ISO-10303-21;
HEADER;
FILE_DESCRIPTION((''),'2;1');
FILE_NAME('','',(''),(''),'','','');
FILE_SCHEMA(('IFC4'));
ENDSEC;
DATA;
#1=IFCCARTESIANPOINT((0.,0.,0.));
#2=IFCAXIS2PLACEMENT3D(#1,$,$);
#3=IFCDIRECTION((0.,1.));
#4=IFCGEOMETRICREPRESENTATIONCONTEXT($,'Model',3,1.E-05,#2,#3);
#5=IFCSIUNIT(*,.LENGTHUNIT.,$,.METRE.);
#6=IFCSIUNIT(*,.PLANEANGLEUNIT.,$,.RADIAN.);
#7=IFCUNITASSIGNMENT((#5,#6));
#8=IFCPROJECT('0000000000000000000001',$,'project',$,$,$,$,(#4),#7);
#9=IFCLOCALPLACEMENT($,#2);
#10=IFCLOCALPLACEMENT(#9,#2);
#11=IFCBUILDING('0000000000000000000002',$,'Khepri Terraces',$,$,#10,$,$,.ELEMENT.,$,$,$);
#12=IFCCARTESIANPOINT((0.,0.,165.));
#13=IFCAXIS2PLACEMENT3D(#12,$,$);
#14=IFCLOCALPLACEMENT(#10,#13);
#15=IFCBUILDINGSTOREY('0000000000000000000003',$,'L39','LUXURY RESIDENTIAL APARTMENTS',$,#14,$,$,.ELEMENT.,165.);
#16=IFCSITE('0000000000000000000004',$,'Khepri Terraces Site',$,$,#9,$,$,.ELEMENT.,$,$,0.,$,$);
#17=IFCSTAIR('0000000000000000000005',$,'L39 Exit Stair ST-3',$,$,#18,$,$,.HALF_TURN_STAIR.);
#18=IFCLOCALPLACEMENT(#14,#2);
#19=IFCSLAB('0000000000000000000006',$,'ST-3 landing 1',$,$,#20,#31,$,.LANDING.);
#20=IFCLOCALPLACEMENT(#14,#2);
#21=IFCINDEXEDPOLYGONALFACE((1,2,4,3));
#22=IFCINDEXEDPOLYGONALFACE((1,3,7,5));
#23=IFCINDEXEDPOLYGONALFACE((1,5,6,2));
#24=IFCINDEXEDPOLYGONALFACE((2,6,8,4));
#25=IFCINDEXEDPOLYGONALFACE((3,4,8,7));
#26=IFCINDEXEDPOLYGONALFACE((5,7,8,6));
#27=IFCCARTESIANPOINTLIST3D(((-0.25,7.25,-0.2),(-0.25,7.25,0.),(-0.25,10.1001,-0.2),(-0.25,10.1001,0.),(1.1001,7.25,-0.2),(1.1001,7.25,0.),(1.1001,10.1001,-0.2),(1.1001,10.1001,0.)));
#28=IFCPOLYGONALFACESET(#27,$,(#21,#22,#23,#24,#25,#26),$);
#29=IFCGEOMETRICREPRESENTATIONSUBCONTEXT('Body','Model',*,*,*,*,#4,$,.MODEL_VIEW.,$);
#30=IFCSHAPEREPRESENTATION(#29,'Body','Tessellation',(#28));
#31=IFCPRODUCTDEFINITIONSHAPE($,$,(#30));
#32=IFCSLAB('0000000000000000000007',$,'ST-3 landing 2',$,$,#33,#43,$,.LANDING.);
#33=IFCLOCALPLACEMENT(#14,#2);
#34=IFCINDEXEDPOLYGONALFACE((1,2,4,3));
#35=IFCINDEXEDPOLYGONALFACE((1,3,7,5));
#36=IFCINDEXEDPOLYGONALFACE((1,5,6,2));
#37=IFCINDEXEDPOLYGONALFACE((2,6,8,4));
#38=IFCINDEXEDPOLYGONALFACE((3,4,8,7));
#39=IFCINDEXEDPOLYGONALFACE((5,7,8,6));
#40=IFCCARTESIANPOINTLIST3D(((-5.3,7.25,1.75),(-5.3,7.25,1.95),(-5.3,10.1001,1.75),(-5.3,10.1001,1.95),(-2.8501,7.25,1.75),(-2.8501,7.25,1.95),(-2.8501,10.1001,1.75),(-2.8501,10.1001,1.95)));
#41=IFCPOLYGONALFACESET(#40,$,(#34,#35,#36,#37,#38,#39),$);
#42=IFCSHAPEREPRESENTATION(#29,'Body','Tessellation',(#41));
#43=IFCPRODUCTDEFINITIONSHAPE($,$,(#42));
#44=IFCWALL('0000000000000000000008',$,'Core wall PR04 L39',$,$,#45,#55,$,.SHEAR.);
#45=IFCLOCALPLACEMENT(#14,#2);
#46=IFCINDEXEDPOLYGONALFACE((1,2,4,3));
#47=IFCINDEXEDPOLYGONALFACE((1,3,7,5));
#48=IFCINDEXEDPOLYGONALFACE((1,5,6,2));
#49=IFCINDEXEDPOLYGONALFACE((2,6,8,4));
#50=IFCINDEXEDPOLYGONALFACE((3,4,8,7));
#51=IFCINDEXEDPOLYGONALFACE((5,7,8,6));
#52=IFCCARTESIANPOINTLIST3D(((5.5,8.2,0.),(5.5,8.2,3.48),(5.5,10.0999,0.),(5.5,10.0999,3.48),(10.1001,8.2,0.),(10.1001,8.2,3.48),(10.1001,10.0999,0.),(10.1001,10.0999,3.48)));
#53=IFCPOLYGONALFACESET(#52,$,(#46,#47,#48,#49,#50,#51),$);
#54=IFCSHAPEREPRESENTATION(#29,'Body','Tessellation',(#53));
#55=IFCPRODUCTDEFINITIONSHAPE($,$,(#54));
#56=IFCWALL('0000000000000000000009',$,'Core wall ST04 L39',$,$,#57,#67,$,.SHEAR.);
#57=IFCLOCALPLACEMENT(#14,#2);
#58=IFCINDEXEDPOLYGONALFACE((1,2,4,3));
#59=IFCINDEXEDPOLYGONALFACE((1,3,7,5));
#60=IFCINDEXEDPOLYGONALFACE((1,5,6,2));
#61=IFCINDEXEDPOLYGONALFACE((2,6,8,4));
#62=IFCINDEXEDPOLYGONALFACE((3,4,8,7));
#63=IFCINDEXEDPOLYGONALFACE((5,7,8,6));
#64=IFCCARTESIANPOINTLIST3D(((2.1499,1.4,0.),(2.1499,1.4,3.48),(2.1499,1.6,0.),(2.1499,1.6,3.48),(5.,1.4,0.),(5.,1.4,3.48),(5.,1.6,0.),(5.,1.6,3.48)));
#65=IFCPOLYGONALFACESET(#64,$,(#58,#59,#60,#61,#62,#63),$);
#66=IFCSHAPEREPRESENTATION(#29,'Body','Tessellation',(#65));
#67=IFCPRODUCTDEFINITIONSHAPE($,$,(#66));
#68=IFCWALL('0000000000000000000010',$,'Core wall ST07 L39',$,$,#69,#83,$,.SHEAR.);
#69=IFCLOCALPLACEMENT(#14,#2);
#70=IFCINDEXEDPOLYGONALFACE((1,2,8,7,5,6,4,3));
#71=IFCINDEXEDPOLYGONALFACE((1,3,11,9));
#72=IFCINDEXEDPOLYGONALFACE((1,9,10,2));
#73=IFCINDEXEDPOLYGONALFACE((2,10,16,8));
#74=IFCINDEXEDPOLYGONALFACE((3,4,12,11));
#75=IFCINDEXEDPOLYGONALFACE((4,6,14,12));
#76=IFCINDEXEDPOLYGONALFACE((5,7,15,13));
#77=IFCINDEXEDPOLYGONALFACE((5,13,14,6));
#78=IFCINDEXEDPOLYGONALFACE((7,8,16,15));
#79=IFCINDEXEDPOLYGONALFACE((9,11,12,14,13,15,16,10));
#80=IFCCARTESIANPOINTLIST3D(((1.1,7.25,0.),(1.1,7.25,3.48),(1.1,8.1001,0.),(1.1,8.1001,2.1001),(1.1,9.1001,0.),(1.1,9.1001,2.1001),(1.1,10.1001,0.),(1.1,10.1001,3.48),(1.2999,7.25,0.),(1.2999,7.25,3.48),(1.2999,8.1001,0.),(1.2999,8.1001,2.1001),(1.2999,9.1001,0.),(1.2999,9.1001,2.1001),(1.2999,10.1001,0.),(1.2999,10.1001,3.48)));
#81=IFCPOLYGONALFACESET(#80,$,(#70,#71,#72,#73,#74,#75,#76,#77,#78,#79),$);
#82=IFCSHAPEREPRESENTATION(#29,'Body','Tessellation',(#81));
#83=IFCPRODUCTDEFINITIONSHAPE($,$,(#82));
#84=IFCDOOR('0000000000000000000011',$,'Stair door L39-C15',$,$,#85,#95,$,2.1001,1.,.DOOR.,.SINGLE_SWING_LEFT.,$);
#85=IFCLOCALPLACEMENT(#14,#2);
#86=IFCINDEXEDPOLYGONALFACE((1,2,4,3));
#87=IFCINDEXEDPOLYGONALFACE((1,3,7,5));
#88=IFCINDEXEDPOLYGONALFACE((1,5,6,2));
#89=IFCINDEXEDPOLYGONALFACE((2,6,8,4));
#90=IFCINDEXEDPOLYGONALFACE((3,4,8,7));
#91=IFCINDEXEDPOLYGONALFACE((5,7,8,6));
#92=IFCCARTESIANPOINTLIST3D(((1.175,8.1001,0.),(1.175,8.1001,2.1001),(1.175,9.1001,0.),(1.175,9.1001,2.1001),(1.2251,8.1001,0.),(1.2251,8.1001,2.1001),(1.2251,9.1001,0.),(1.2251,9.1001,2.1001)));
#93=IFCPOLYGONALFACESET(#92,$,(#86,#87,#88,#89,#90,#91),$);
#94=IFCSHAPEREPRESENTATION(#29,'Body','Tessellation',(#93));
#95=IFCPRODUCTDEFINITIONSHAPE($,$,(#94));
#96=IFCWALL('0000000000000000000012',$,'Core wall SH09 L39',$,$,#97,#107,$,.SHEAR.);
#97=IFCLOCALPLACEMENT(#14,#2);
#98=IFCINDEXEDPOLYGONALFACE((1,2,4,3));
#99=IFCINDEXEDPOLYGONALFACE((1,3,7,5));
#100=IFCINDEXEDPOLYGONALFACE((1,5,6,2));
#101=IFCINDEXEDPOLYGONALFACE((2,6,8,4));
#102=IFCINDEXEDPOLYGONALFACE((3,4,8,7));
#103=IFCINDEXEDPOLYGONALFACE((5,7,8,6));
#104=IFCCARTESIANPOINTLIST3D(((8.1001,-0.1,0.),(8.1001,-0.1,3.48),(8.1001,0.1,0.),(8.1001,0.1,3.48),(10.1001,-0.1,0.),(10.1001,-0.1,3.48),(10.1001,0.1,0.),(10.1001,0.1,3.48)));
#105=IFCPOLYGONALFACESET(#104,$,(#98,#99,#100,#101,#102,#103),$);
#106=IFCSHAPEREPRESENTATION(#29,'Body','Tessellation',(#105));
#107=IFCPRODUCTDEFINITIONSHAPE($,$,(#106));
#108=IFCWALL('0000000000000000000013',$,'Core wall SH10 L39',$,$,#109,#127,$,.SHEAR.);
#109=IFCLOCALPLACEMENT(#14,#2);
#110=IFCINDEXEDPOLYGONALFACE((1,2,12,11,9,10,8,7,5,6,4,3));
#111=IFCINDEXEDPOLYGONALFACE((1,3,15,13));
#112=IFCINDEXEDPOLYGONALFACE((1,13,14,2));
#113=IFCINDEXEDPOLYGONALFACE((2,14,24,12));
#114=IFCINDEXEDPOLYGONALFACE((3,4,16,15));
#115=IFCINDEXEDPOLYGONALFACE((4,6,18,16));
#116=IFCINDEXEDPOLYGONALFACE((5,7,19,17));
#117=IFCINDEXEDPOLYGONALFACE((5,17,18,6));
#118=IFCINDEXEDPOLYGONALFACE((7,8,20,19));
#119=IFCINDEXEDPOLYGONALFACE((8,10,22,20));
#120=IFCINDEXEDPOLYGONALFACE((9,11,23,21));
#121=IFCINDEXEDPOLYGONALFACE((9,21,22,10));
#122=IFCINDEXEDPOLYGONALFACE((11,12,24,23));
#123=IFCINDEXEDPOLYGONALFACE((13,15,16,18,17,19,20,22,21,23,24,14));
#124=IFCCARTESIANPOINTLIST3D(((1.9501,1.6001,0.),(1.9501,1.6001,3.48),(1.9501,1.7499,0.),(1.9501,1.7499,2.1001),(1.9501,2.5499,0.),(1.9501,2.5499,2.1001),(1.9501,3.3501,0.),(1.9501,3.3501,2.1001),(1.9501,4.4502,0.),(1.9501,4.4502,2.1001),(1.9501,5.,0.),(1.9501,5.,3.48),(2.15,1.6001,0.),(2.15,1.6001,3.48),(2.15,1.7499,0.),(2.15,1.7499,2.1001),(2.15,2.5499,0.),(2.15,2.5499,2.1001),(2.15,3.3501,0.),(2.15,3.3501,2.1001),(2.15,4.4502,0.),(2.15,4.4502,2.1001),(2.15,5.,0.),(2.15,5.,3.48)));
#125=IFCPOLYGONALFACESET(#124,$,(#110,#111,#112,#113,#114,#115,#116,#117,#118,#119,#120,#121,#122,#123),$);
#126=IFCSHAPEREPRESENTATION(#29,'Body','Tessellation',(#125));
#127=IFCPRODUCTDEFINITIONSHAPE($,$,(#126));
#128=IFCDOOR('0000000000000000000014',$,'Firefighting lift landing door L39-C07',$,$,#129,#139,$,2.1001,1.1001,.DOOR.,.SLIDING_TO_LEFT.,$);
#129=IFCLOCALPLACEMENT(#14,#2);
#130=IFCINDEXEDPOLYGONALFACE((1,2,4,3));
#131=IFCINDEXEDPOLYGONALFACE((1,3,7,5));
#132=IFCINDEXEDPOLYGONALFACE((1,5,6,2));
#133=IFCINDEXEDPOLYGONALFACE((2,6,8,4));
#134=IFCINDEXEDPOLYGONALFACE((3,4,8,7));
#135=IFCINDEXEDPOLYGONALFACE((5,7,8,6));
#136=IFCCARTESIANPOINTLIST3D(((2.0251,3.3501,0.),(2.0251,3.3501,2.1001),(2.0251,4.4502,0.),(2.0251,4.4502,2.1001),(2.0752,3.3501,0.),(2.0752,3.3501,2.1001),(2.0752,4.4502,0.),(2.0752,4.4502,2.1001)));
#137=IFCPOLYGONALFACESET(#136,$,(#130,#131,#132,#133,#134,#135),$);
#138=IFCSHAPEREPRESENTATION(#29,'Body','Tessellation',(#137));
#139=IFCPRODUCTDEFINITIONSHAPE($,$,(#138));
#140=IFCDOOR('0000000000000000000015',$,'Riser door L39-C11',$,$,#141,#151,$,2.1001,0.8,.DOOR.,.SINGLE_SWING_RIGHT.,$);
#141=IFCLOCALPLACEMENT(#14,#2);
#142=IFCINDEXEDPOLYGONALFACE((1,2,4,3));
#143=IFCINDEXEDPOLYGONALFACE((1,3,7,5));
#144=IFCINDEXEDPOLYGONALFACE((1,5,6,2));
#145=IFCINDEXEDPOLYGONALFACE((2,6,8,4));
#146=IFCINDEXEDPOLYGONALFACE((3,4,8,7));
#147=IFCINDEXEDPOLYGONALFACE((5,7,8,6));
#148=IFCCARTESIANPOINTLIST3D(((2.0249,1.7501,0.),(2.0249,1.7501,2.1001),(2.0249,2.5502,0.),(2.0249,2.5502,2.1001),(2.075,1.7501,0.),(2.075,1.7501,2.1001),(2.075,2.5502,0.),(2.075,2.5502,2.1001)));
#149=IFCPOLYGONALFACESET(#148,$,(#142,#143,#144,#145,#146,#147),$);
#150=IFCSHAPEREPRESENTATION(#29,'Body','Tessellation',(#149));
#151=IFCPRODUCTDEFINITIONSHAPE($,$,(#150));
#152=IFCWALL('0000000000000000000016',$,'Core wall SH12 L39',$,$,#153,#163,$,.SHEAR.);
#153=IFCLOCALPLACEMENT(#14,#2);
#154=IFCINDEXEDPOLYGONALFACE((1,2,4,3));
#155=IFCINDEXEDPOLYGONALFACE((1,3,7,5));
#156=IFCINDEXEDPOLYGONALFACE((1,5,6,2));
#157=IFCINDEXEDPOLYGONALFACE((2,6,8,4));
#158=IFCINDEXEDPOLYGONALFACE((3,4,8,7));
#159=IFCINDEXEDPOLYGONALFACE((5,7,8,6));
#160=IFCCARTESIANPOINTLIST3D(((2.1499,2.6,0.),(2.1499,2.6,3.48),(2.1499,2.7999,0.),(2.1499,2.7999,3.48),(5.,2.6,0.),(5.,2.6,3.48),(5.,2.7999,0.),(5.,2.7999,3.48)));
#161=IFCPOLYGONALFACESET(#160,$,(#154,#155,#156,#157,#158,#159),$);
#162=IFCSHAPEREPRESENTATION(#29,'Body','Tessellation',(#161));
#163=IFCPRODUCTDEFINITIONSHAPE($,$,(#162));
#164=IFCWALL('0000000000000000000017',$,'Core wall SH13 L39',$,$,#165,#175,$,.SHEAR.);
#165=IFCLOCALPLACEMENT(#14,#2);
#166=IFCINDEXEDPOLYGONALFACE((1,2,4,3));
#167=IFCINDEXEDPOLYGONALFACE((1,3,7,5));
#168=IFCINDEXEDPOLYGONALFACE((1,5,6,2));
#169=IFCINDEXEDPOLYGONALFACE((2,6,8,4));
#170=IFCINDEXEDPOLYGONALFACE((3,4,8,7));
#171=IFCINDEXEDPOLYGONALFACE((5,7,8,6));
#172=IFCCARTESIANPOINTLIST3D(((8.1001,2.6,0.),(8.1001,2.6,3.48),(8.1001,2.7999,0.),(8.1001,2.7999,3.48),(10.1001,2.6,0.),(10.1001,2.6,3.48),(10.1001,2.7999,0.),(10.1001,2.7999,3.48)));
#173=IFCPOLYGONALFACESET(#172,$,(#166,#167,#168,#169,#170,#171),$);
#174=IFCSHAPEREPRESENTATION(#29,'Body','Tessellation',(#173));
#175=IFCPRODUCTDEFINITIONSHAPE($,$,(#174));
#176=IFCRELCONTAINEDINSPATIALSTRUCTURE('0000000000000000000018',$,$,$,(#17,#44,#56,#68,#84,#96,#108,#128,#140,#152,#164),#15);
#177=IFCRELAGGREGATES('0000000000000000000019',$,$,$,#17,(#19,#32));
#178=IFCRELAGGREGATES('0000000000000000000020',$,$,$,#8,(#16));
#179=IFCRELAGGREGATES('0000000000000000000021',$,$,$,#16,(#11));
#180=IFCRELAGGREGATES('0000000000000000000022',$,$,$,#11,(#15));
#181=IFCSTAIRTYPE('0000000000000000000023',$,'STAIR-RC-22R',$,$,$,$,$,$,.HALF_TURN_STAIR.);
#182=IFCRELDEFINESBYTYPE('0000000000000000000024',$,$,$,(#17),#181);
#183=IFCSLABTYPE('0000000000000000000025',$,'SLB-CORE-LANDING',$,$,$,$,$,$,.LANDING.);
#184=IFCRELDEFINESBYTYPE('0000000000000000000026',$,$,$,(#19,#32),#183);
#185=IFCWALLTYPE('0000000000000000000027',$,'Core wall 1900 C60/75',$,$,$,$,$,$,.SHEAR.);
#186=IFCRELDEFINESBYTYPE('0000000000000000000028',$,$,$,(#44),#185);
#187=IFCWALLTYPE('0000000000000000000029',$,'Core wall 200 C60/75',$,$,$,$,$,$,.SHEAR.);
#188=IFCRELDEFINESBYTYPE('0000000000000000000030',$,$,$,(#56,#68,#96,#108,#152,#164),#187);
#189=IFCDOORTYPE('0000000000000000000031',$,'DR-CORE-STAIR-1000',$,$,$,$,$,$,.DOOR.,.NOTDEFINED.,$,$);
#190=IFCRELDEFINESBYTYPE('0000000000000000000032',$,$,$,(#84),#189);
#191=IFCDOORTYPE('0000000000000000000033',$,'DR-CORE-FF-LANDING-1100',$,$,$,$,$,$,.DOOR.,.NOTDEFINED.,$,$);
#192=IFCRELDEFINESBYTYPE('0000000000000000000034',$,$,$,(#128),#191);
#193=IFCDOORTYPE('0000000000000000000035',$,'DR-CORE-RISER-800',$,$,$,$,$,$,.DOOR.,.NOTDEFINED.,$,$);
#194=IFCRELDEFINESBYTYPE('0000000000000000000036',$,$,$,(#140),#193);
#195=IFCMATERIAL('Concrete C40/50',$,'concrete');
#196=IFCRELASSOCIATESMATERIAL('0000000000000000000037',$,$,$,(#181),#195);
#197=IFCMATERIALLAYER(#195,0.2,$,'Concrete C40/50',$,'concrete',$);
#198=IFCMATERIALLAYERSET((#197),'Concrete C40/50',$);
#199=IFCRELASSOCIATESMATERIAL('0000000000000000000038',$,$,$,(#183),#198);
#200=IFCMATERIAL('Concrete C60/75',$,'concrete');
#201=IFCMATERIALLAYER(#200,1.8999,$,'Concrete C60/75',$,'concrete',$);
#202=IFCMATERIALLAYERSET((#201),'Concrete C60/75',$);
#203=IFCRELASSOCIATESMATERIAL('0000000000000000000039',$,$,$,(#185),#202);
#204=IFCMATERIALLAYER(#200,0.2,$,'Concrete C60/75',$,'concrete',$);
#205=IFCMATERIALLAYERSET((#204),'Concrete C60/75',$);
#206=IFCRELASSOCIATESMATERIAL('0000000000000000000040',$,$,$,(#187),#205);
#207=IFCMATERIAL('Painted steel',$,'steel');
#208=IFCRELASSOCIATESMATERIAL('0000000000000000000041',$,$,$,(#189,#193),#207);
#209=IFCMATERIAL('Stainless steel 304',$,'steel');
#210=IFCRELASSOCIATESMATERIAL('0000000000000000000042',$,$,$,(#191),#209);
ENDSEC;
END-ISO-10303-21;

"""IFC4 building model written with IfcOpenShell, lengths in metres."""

from ifc_helpers import new_model, si_unit, direction, frame, frame_2d, origin, place, context, subcontext, project, spatial, polyline, rectangle, outline, extrude, material, layer, layer_set, type_object, element, fill, aggregate, save


model = new_model("IFC4")

# Units and contexts
model_context = context("Model", 3, precision=1e-05, world=origin(), true_north=direction((0.0, 1.0)))
body_context = subcontext(model_context, "Body", "Model", "MODEL_VIEW")
ifc_project = project(units=[si_unit("LENGTHUNIT", "METRE"), si_unit("PLANEANGLEUNIT", "RADIAN")], contexts=[model_context])

# Site, building, storey
site_placement = place(None, origin())
site = spatial("IfcSite", under=ifc_project, at=site_placement, Name="Khepri Terraces Site", CompositionType="ELEMENT", RefElevation=0.0)
building_placement = place(site_placement, origin())
building = spatial("IfcBuilding", under=site, at=building_placement, Name="Khepri Terraces", CompositionType="ELEMENT")
storey_placement = place(building_placement, frame((0.0, 0.0, 165.0)))
storey = spatial("IfcBuildingStorey", under=building, at=storey_placement, Name="L39", Description="LUXURY RESIDENTIAL APARTMENTS", CompositionType="ELEMENT", Elevation=165.0)

# Stair, slabs
ifc_material_1 = material(Name="Concrete C40/50", Category="concrete")
stair_type = type_object("IfcStairType", Name="STAIR-RC-22R", PredefinedType="HALF_TURN_STAIR", material=ifc_material_1)
stair_1_placement = place(storey_placement, origin())
stair_1 = element("IfcStair", 1, at=stair_1_placement, inside=storey, type_object=stair_type, Name="L39 Exit Stair ST-3", PredefinedType="HALF_TURN_STAIR")
ifc_layer_1 = layer(ifc_material_1, 0.2, Name="Concrete C40/50", Category="concrete")
ifc_layer_set_1 = layer_set([ifc_layer_1], Name="Concrete C40/50")
slab_type = type_object("IfcSlabType", Name="SLB-CORE-LANDING", PredefinedType="LANDING", material=ifc_layer_set_1)
slab_1_placement = place(storey_placement, frame((0.0, 0.0, -0.2)))
slab_1 = element("IfcSlab", 2, at=slab_1_placement, type_object=slab_type, Name="ST-3 landing 1", PredefinedType="LANDING", context=body_context, shape_type="SweptSolid", body=[
    extrude(outline(polyline([(1.1001, 10.1001), (-0.25, 10.1001), (-0.25, 7.25), (1.1001, 7.25), (1.1001, 10.1001)])), origin(), (0.0, 0.0, 1.0), 0.2),
])
slab_2_placement = place(storey_placement, frame((0.0, 0.0, 1.75)))
slab_2 = element("IfcSlab", 3, at=slab_2_placement, type_object=slab_type, Name="ST-3 landing 2", PredefinedType="LANDING", context=body_context, shape_type="SweptSolid", body=[
    extrude(outline(polyline([(-2.8501, 10.1001), (-5.3, 10.1001), (-5.3, 7.25), (-2.8501, 7.25), (-2.8501, 10.1001)])), origin(), (0.0, 0.0, 1.0), 0.2),
])
aggregate(stair_1, [slab_1, slab_2])

# Walls
ifc_material_2 = material(Name="Concrete C60/75", Category="concrete")
ifc_layer_2 = layer(ifc_material_2, 1.8999, Name="Concrete C60/75", Category="concrete")
ifc_layer_set_2 = layer_set([ifc_layer_2], Name="Concrete C60/75")
wall_type_1 = type_object("IfcWallType", Name="Core wall 1900 C60/75", PredefinedType="SHEAR", material=ifc_layer_set_2)
wall_1_placement = place(storey_placement, frame((5.5, 9.1499, 0.0), z_axis=(0.0, 0.0, 1.0), x_axis=(1.0, 0.0, 0.0)))
element("IfcWall", 4, at=wall_1_placement, inside=storey, type_object=wall_type_1, Name="Core wall PR04 L39", PredefinedType="SHEAR", context=body_context, shape_type="SweptSolid", body=[
    extrude(rectangle(XDim=4.6001, YDim=1.8999, at=frame_2d((2.3, 0.0))), origin(), (0.0, 0.0, 1.0), 3.48),
])
ifc_layer_3 = layer(ifc_material_2, 0.2, Name="Concrete C60/75", Category="concrete")
ifc_layer_set_3 = layer_set([ifc_layer_3], Name="Concrete C60/75")
wall_type_2 = type_object("IfcWallType", Name="Core wall 200 C60/75", PredefinedType="SHEAR", material=ifc_layer_set_3)
wall_2_placement = place(storey_placement, frame((2.1499, 1.5, 0.0), z_axis=(0.0, 0.0, 1.0), x_axis=(1.0, 0.0, 0.0)))
element("IfcWall", 5, at=wall_2_placement, inside=storey, type_object=wall_type_2, Name="Core wall ST04 L39", PredefinedType="SHEAR", context=body_context, shape_type="SweptSolid", body=[
    extrude(rectangle(XDim=2.8501, YDim=0.2, at=frame_2d((1.425, 0.0))), origin(), (0.0, 0.0, 1.0), 3.48),
])

# Wall, opening, door
wall_3_placement = place(storey_placement, frame((1.2, 7.25, 0.0), z_axis=(0.0, 0.0, 1.0), x_axis=(0.0, 1.0, 0.0)))
wall_3 = element("IfcWall", 6, at=wall_3_placement, inside=storey, type_object=wall_type_2, Name="Core wall ST07 L39", PredefinedType="SHEAR", context=body_context, shape_type="SweptSolid", body=[
    extrude(rectangle(XDim=2.8501, YDim=0.2, at=frame_2d((1.425, 0.0))), origin(), (0.0, 0.0, 1.0), 3.48),
])
opening_1_placement = place(wall_3_placement, frame((0.8501, 0.0, 0.0)))
opening_1 = element("IfcOpeningElement", 7, at=opening_1_placement, cuts=wall_3, PredefinedType="OPENING", context=body_context, shape_type="SweptSolid", body=[
    extrude(rectangle(XDim=1.0, YDim=2.1001, at=frame_2d((0.5, 1.05))), frame((0.0, 0.1099, 0.0), z_axis=(0.0, -1.0, 0.0), x_axis=(1.0, 0.0, 0.0)), (0.0, 0.0, 1.0), 0.22),
])
ifc_material_3 = material(Name="Painted steel", Category="steel")
door_type_1 = type_object("IfcDoorType", Name="DR-CORE-STAIR-1000", OperationType="NOTDEFINED", PredefinedType="DOOR", material=ifc_material_3)
door_1_placement = place(opening_1_placement, origin())
door_1 = element("IfcDoor", 8, at=door_1_placement, inside=storey, type_object=door_type_1, Name="Stair door L39-C15", OperationType="SINGLE_SWING_LEFT", OverallHeight=2.1001, OverallWidth=1.0, PredefinedType="DOOR", context=body_context, shape_type="SweptSolid", body=[
    extrude(rectangle(XDim=1.0, YDim=2.1001, at=frame_2d((0.5, 1.05))), frame((0.0, 0.0249, 0.0), z_axis=(0.0, -1.0, 0.0), x_axis=(1.0, 0.0, 0.0)), (0.0, 0.0, 1.0), 0.05),
])
fill(opening_1, door_1)

# Wall
wall_4_placement = place(storey_placement, frame((8.1001, 0.0, 0.0), z_axis=(0.0, 0.0, 1.0), x_axis=(1.0, 0.0, 0.0)))
element("IfcWall", 9, at=wall_4_placement, inside=storey, type_object=wall_type_2, Name="Core wall SH09 L39", PredefinedType="SHEAR", context=body_context, shape_type="SweptSolid", body=[
    extrude(rectangle(XDim=2.0, YDim=0.2, at=frame_2d((1.0, 0.0))), origin(), (0.0, 0.0, 1.0), 3.48),
])

# Wall, openings, doors
wall_5_placement = place(storey_placement, frame((2.05, 1.6001, 0.0), z_axis=(0.0, 0.0, 1.0), x_axis=(0.0, 1.0, 0.0)))
wall_5 = element("IfcWall", 10, at=wall_5_placement, inside=storey, type_object=wall_type_2, Name="Core wall SH10 L39", PredefinedType="SHEAR", context=body_context, shape_type="SweptSolid", body=[
    extrude(rectangle(XDim=3.3999, YDim=0.2, at=frame_2d((1.7, 0.0))), origin(), (0.0, 0.0, 1.0), 3.48),
])
opening_2_placement = place(wall_5_placement, frame((1.75, 0.0, 0.0)))
opening_2 = element("IfcOpeningElement", 11, at=opening_2_placement, cuts=wall_5, PredefinedType="OPENING", context=body_context, shape_type="SweptSolid", body=[
    extrude(rectangle(XDim=1.1001, YDim=2.1001, at=frame_2d((0.55, 1.05))), frame((0.0, 0.1099, 0.0), z_axis=(0.0, -1.0, 0.0), x_axis=(1.0, 0.0, 0.0)), (0.0, 0.0, 1.0), 0.22),
])
opening_3_placement = place(wall_5_placement, frame((0.1499, 0.0, 0.0)))
opening_3 = element("IfcOpeningElement", 12, at=opening_3_placement, cuts=wall_5, PredefinedType="OPENING", context=body_context, shape_type="SweptSolid", body=[
    extrude(rectangle(XDim=0.8, YDim=2.1001, at=frame_2d((0.3999, 1.05))), frame((0.0, 0.1099, 0.0), z_axis=(0.0, -1.0, 0.0), x_axis=(1.0, 0.0, 0.0)), (0.0, 0.0, 1.0), 0.22),
])
ifc_material_4 = material(Name="Stainless steel 304", Category="steel")
door_type_2 = type_object("IfcDoorType", Name="DR-CORE-FF-LANDING-1100", OperationType="NOTDEFINED", PredefinedType="DOOR", material=ifc_material_4)
door_2_placement = place(opening_2_placement, origin())
door_2 = element("IfcDoor", 13, at=door_2_placement, inside=storey, type_object=door_type_2, Name="Firefighting lift landing door L39-C07", OperationType="SLIDING_TO_LEFT", OverallHeight=2.1001, OverallWidth=1.1001, PredefinedType="DOOR", context=body_context, shape_type="SweptSolid", body=[
    extrude(rectangle(XDim=1.1001, YDim=2.1001, at=frame_2d((0.55, 1.05))), frame((0.0, 0.0249, 0.0), z_axis=(0.0, -1.0, 0.0), x_axis=(1.0, 0.0, 0.0)), (0.0, 0.0, 1.0), 0.05),
])
fill(opening_2, door_2)
door_type_3 = type_object("IfcDoorType", Name="DR-CORE-RISER-800", OperationType="NOTDEFINED", PredefinedType="DOOR", material=ifc_material_3)
door_3_placement = place(opening_3_placement, frame((0.8, 0.0, 0.0), z_axis=(0.0, 0.0, 1.0), x_axis=(-1.0, 0.0, 0.0)))
door_3 = element("IfcDoor", 14, at=door_3_placement, inside=storey, type_object=door_type_3, Name="Riser door L39-C11", OperationType="SINGLE_SWING_RIGHT", OverallHeight=2.1001, OverallWidth=0.8, PredefinedType="DOOR", context=body_context, shape_type="SweptSolid", body=[
    extrude(rectangle(XDim=0.8, YDim=2.1001, at=frame_2d((0.3999, 1.05))), frame((0.0, 0.0249, 0.0), z_axis=(0.0, -1.0, 0.0), x_axis=(1.0, 0.0, 0.0)), (0.0, 0.0, 1.0), 0.05),
])
fill(opening_3, door_3)

# Walls
wall_6_placement = place(storey_placement, frame((2.1499, 2.7, 0.0), z_axis=(0.0, 0.0, 1.0), x_axis=(1.0, 0.0, 0.0)))
element("IfcWall", 15, at=wall_6_placement, inside=storey, type_object=wall_type_2, Name="Core wall SH12 L39", PredefinedType="SHEAR", context=body_context, shape_type="SweptSolid", body=[
    extrude(rectangle(XDim=2.8501, YDim=0.2, at=frame_2d((1.425, 0.0))), origin(), (0.0, 0.0, 1.0), 3.48),
])
for number, where, z_axis, x_axis, name in (
    (16, (8.1001, 2.7, 0.0), (0.0, 0.0, 1.0), (1.0, 0.0, 0.0), "Core wall SH13 L39"),
):
    element("IfcWall", number, at=place(storey_placement, frame(where, z_axis=z_axis, x_axis=x_axis)), inside=storey, type_object=wall_type_2, Name=name, PredefinedType="SHEAR", context=body_context, shape_type="SweptSolid", body=[
        extrude(rectangle(XDim=2.0, YDim=0.2, at=frame_2d((1.0, 0.0))), origin(), (0.0, 0.0, 1.0), 3.48),
    ])

save(model, "model.ifc")
